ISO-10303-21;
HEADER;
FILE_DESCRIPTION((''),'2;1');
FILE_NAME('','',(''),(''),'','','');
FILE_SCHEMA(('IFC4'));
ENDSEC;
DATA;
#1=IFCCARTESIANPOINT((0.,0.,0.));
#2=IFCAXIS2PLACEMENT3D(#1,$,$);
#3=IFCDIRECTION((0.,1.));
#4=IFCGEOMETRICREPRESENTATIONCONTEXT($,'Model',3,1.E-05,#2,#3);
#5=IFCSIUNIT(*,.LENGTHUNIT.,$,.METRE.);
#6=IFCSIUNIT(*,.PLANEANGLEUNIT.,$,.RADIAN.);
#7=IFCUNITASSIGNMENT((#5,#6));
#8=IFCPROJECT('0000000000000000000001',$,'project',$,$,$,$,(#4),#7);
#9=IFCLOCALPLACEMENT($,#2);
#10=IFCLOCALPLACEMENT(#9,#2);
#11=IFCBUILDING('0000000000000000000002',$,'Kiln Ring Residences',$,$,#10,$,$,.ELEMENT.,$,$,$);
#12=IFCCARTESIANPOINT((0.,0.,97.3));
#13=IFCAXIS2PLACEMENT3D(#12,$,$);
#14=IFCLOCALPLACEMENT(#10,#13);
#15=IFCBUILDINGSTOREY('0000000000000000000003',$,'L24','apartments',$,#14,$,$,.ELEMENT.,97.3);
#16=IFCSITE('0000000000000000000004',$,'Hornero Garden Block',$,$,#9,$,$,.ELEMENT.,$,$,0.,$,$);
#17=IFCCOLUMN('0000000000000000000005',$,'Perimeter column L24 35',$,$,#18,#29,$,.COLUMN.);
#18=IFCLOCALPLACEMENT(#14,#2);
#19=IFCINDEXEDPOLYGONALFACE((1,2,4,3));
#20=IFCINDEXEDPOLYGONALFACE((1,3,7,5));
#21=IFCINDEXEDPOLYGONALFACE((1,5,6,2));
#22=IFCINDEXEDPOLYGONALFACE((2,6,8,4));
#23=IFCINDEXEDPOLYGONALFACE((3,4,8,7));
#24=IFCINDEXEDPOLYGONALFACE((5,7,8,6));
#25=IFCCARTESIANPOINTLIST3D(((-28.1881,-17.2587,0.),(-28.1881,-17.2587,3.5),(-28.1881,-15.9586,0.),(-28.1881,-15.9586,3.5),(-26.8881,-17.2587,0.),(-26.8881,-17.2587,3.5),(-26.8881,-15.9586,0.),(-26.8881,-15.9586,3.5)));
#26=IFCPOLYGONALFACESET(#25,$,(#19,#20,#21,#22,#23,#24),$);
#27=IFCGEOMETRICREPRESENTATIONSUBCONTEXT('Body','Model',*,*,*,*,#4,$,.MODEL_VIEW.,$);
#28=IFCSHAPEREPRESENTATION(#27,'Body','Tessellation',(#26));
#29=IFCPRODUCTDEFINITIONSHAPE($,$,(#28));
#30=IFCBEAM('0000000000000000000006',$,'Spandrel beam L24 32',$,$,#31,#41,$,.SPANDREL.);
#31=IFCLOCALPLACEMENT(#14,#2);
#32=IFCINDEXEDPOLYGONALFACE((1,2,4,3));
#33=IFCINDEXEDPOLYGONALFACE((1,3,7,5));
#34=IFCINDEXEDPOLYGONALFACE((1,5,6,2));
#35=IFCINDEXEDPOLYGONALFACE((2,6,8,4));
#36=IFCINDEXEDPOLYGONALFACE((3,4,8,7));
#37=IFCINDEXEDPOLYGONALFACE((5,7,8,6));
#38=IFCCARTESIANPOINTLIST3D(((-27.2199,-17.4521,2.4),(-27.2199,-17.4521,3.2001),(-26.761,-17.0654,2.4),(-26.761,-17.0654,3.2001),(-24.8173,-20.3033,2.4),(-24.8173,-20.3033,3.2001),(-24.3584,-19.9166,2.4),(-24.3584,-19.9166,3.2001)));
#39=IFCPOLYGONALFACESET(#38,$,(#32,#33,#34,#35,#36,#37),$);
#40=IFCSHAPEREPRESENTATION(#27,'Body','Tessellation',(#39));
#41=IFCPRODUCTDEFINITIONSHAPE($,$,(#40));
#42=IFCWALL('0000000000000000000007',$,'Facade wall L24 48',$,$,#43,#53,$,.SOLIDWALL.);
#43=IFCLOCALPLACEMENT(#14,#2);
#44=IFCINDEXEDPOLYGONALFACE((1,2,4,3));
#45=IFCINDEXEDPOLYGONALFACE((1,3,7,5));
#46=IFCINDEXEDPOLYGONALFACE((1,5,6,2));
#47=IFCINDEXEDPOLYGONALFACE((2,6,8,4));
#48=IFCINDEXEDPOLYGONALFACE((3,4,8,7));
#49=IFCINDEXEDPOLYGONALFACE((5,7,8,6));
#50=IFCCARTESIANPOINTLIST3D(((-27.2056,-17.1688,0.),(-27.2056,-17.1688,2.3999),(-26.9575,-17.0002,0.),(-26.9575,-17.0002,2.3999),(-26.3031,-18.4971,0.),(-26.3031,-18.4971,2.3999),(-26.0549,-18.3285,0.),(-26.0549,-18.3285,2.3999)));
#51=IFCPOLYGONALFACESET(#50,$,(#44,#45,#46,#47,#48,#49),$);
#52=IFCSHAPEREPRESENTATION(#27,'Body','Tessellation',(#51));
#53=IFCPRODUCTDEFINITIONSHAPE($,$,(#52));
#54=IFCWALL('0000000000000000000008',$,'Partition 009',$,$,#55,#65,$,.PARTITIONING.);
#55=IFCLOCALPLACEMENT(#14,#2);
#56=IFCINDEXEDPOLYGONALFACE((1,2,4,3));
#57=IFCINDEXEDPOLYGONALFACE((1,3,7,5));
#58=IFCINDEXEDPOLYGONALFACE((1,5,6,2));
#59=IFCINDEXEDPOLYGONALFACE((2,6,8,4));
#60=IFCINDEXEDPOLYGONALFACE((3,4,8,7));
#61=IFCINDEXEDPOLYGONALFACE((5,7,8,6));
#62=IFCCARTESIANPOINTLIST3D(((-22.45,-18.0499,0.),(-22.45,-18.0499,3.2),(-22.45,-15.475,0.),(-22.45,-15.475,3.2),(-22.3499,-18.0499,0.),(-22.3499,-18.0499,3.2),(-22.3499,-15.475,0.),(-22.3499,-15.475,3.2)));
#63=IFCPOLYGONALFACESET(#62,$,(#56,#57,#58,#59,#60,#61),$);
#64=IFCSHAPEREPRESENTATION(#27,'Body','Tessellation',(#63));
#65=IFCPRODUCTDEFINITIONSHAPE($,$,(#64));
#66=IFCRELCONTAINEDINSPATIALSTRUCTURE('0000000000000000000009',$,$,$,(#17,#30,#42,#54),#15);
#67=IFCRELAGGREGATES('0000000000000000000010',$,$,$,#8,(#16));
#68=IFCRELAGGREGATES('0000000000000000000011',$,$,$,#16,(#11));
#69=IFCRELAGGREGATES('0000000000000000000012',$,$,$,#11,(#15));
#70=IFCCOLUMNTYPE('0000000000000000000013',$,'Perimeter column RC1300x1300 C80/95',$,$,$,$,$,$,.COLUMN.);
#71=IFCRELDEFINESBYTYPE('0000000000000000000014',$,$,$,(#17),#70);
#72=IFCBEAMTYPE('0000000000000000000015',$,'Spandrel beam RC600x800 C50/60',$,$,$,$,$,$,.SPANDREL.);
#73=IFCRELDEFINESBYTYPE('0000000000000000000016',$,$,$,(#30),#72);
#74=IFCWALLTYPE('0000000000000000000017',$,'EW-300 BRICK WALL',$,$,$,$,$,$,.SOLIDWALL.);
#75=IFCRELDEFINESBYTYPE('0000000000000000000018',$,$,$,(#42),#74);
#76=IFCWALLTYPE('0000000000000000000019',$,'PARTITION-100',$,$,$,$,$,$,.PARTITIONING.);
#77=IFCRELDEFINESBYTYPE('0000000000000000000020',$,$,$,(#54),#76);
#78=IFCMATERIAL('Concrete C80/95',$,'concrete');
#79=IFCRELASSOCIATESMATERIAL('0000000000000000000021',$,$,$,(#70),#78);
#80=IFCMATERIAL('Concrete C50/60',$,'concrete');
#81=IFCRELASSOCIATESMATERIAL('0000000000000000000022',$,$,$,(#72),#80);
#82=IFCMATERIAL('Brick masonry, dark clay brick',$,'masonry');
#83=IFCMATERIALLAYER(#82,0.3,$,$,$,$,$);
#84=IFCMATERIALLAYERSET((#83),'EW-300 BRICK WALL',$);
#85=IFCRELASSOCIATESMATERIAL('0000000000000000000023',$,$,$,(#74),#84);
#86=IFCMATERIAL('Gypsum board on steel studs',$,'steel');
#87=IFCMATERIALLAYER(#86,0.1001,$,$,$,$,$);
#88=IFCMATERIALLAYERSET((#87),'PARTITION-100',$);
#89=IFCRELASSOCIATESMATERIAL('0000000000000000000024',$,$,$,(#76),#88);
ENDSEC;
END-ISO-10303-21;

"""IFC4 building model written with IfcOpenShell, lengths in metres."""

from ifc_helpers import new_model, si_unit, direction, frame, frame_2d, origin, origin_2d, place, context, subcontext, project, spatial, rectangle, extrude, material, layer, layer_set, material_profile, profile_set, type_object, element, save


model = new_model("IFC4")

# Units and contexts
model_context = context("Model", 3, precision=1e-05, world=origin(), true_north=direction((0.0, 1.0)))
body_context = subcontext(model_context, "Body", "Model", "MODEL_VIEW")
ifc_project = project(units=[si_unit("LENGTHUNIT", "METRE"), si_unit("PLANEANGLEUNIT", "RADIAN")], contexts=[model_context])

# Site, building, storey
site_placement = place(None, origin())
site = spatial("IfcSite", under=ifc_project, at=site_placement, Name="Hornero Garden Block", CompositionType="ELEMENT", RefElevation=0.0)
building_placement = place(site_placement, origin())
building = spatial("IfcBuilding", under=site, at=building_placement, Name="Kiln Ring Residences", CompositionType="ELEMENT")
storey_placement = place(building_placement, frame((0.0, 0.0, 97.3)))
storey = spatial("IfcBuildingStorey", under=building, at=storey_placement, Name="L24", Description="apartments", CompositionType="ELEMENT", Elevation=97.3)

# Column
ifc_material_1 = material(Name="Concrete C80/95", Category="concrete")
ifc_material_profile_1 = material_profile(ifc_material_1, rectangle(XDim=1.3, YDim=1.3, at=origin_2d()), Name="RC1300x1300")
ifc_profile_set_1 = profile_set([ifc_material_profile_1], Name="Concrete C80/95")
column_type = type_object("IfcColumnType", Name="Perimeter column RC1300x1300 C80/95", PredefinedType="COLUMN", material=ifc_profile_set_1)
column_placement = place(storey_placement, frame((-27.5381, -16.6086, 0.0), z_axis=(0.0, 0.0, 1.0), x_axis=(1.0, 0.0, 0.0)))
element("IfcColumn", 1, at=column_placement, inside=storey, type_object=column_type, Name="Perimeter column L24 35", PredefinedType="COLUMN", context=body_context, shape_type="SweptSolid", body=[
    extrude(rectangle(XDim=1.3, YDim=1.3, at=origin_2d()), origin(), (0.0, 0.0, 1.0), 3.5),
])

# Beam
ifc_material_2 = material(Name="Concrete C50/60", Category="concrete")
ifc_material_profile_2 = material_profile(ifc_material_2, rectangle(XDim=0.6001, YDim=0.8, at=origin_2d()), Name="RC600x800")
ifc_profile_set_2 = profile_set([ifc_material_profile_2], Name="Concrete C50/60")
beam_type = type_object("IfcBeamType", Name="Spandrel beam RC600x800 C50/60", PredefinedType="SPANDREL", material=ifc_profile_set_2)
beam_placement = place(storey_placement, frame((-26.9905, -17.2588, 2.8), z_axis=(0.6444, -0.764689, 0.0), x_axis=(0.764689, 0.6444, 0.0)))
element("IfcBeam", 2, at=beam_placement, inside=storey, type_object=beam_type, Name="Spandrel beam L24 32", PredefinedType="SPANDREL", context=body_context, shape_type="SweptSolid", body=[
    extrude(rectangle(XDim=0.6001, YDim=0.8, at=origin_2d()), origin(), (0.0, 0.0, 1.0), 3.7285),
])

# Wall
ifc_material_3 = material(Name="Brick masonry, dark clay brick", Category="masonry")
ifc_layer_1 = layer(ifc_material_3, 0.3)
ifc_layer_set_1 = layer_set([ifc_layer_1], Name="EW-300 BRICK WALL")
wall_type_1 = type_object("IfcWallType", Name="EW-300 BRICK WALL", PredefinedType="SOLIDWALL", material=ifc_layer_set_1)
wall_1_placement = place(storey_placement, frame((-27.0815, -17.0845, 0.0), z_axis=(0.0, 0.0, 1.0), x_axis=(0.562011, -0.82713, 0.0)))
element("IfcWall", 3, at=wall_1_placement, inside=storey, type_object=wall_type_1, Name="Facade wall L24 48", PredefinedType="SOLIDWALL", context=body_context, shape_type="SweptSolid", body=[
    extrude(rectangle(XDim=1.606, YDim=0.3, at=frame_2d((0.803, 0.0))), origin(), (0.0, 0.0, 1.0), 2.3999),
])

# Shared definitions
ifc_material_4 = material(Name="Gypsum board on steel studs", Category="steel")
ifc_layer_2 = layer(ifc_material_4, 0.1001)
ifc_layer_set_2 = layer_set([ifc_layer_2], Name="PARTITION-100")
wall_type_2 = type_object("IfcWallType", Name="PARTITION-100", PredefinedType="PARTITIONING", material=ifc_layer_set_2)

# Wall
wall_2_placement = place(storey_placement, frame((-22.3999, -18.05, 0.0), z_axis=(0.0, 0.0, 1.0), x_axis=(0.0, 1.0, 0.0)))
element("IfcWall", 4, at=wall_2_placement, inside=storey, type_object=wall_type_2, Name="Partition 009", PredefinedType="PARTITIONING", context=body_context, shape_type="SweptSolid", body=[
    extrude(rectangle(XDim=2.575, YDim=0.1001, at=frame_2d((1.2876, 0.0))), origin(), (0.0, 0.0, 1.0), 3.2),
])

save(model, "model.ifc")
